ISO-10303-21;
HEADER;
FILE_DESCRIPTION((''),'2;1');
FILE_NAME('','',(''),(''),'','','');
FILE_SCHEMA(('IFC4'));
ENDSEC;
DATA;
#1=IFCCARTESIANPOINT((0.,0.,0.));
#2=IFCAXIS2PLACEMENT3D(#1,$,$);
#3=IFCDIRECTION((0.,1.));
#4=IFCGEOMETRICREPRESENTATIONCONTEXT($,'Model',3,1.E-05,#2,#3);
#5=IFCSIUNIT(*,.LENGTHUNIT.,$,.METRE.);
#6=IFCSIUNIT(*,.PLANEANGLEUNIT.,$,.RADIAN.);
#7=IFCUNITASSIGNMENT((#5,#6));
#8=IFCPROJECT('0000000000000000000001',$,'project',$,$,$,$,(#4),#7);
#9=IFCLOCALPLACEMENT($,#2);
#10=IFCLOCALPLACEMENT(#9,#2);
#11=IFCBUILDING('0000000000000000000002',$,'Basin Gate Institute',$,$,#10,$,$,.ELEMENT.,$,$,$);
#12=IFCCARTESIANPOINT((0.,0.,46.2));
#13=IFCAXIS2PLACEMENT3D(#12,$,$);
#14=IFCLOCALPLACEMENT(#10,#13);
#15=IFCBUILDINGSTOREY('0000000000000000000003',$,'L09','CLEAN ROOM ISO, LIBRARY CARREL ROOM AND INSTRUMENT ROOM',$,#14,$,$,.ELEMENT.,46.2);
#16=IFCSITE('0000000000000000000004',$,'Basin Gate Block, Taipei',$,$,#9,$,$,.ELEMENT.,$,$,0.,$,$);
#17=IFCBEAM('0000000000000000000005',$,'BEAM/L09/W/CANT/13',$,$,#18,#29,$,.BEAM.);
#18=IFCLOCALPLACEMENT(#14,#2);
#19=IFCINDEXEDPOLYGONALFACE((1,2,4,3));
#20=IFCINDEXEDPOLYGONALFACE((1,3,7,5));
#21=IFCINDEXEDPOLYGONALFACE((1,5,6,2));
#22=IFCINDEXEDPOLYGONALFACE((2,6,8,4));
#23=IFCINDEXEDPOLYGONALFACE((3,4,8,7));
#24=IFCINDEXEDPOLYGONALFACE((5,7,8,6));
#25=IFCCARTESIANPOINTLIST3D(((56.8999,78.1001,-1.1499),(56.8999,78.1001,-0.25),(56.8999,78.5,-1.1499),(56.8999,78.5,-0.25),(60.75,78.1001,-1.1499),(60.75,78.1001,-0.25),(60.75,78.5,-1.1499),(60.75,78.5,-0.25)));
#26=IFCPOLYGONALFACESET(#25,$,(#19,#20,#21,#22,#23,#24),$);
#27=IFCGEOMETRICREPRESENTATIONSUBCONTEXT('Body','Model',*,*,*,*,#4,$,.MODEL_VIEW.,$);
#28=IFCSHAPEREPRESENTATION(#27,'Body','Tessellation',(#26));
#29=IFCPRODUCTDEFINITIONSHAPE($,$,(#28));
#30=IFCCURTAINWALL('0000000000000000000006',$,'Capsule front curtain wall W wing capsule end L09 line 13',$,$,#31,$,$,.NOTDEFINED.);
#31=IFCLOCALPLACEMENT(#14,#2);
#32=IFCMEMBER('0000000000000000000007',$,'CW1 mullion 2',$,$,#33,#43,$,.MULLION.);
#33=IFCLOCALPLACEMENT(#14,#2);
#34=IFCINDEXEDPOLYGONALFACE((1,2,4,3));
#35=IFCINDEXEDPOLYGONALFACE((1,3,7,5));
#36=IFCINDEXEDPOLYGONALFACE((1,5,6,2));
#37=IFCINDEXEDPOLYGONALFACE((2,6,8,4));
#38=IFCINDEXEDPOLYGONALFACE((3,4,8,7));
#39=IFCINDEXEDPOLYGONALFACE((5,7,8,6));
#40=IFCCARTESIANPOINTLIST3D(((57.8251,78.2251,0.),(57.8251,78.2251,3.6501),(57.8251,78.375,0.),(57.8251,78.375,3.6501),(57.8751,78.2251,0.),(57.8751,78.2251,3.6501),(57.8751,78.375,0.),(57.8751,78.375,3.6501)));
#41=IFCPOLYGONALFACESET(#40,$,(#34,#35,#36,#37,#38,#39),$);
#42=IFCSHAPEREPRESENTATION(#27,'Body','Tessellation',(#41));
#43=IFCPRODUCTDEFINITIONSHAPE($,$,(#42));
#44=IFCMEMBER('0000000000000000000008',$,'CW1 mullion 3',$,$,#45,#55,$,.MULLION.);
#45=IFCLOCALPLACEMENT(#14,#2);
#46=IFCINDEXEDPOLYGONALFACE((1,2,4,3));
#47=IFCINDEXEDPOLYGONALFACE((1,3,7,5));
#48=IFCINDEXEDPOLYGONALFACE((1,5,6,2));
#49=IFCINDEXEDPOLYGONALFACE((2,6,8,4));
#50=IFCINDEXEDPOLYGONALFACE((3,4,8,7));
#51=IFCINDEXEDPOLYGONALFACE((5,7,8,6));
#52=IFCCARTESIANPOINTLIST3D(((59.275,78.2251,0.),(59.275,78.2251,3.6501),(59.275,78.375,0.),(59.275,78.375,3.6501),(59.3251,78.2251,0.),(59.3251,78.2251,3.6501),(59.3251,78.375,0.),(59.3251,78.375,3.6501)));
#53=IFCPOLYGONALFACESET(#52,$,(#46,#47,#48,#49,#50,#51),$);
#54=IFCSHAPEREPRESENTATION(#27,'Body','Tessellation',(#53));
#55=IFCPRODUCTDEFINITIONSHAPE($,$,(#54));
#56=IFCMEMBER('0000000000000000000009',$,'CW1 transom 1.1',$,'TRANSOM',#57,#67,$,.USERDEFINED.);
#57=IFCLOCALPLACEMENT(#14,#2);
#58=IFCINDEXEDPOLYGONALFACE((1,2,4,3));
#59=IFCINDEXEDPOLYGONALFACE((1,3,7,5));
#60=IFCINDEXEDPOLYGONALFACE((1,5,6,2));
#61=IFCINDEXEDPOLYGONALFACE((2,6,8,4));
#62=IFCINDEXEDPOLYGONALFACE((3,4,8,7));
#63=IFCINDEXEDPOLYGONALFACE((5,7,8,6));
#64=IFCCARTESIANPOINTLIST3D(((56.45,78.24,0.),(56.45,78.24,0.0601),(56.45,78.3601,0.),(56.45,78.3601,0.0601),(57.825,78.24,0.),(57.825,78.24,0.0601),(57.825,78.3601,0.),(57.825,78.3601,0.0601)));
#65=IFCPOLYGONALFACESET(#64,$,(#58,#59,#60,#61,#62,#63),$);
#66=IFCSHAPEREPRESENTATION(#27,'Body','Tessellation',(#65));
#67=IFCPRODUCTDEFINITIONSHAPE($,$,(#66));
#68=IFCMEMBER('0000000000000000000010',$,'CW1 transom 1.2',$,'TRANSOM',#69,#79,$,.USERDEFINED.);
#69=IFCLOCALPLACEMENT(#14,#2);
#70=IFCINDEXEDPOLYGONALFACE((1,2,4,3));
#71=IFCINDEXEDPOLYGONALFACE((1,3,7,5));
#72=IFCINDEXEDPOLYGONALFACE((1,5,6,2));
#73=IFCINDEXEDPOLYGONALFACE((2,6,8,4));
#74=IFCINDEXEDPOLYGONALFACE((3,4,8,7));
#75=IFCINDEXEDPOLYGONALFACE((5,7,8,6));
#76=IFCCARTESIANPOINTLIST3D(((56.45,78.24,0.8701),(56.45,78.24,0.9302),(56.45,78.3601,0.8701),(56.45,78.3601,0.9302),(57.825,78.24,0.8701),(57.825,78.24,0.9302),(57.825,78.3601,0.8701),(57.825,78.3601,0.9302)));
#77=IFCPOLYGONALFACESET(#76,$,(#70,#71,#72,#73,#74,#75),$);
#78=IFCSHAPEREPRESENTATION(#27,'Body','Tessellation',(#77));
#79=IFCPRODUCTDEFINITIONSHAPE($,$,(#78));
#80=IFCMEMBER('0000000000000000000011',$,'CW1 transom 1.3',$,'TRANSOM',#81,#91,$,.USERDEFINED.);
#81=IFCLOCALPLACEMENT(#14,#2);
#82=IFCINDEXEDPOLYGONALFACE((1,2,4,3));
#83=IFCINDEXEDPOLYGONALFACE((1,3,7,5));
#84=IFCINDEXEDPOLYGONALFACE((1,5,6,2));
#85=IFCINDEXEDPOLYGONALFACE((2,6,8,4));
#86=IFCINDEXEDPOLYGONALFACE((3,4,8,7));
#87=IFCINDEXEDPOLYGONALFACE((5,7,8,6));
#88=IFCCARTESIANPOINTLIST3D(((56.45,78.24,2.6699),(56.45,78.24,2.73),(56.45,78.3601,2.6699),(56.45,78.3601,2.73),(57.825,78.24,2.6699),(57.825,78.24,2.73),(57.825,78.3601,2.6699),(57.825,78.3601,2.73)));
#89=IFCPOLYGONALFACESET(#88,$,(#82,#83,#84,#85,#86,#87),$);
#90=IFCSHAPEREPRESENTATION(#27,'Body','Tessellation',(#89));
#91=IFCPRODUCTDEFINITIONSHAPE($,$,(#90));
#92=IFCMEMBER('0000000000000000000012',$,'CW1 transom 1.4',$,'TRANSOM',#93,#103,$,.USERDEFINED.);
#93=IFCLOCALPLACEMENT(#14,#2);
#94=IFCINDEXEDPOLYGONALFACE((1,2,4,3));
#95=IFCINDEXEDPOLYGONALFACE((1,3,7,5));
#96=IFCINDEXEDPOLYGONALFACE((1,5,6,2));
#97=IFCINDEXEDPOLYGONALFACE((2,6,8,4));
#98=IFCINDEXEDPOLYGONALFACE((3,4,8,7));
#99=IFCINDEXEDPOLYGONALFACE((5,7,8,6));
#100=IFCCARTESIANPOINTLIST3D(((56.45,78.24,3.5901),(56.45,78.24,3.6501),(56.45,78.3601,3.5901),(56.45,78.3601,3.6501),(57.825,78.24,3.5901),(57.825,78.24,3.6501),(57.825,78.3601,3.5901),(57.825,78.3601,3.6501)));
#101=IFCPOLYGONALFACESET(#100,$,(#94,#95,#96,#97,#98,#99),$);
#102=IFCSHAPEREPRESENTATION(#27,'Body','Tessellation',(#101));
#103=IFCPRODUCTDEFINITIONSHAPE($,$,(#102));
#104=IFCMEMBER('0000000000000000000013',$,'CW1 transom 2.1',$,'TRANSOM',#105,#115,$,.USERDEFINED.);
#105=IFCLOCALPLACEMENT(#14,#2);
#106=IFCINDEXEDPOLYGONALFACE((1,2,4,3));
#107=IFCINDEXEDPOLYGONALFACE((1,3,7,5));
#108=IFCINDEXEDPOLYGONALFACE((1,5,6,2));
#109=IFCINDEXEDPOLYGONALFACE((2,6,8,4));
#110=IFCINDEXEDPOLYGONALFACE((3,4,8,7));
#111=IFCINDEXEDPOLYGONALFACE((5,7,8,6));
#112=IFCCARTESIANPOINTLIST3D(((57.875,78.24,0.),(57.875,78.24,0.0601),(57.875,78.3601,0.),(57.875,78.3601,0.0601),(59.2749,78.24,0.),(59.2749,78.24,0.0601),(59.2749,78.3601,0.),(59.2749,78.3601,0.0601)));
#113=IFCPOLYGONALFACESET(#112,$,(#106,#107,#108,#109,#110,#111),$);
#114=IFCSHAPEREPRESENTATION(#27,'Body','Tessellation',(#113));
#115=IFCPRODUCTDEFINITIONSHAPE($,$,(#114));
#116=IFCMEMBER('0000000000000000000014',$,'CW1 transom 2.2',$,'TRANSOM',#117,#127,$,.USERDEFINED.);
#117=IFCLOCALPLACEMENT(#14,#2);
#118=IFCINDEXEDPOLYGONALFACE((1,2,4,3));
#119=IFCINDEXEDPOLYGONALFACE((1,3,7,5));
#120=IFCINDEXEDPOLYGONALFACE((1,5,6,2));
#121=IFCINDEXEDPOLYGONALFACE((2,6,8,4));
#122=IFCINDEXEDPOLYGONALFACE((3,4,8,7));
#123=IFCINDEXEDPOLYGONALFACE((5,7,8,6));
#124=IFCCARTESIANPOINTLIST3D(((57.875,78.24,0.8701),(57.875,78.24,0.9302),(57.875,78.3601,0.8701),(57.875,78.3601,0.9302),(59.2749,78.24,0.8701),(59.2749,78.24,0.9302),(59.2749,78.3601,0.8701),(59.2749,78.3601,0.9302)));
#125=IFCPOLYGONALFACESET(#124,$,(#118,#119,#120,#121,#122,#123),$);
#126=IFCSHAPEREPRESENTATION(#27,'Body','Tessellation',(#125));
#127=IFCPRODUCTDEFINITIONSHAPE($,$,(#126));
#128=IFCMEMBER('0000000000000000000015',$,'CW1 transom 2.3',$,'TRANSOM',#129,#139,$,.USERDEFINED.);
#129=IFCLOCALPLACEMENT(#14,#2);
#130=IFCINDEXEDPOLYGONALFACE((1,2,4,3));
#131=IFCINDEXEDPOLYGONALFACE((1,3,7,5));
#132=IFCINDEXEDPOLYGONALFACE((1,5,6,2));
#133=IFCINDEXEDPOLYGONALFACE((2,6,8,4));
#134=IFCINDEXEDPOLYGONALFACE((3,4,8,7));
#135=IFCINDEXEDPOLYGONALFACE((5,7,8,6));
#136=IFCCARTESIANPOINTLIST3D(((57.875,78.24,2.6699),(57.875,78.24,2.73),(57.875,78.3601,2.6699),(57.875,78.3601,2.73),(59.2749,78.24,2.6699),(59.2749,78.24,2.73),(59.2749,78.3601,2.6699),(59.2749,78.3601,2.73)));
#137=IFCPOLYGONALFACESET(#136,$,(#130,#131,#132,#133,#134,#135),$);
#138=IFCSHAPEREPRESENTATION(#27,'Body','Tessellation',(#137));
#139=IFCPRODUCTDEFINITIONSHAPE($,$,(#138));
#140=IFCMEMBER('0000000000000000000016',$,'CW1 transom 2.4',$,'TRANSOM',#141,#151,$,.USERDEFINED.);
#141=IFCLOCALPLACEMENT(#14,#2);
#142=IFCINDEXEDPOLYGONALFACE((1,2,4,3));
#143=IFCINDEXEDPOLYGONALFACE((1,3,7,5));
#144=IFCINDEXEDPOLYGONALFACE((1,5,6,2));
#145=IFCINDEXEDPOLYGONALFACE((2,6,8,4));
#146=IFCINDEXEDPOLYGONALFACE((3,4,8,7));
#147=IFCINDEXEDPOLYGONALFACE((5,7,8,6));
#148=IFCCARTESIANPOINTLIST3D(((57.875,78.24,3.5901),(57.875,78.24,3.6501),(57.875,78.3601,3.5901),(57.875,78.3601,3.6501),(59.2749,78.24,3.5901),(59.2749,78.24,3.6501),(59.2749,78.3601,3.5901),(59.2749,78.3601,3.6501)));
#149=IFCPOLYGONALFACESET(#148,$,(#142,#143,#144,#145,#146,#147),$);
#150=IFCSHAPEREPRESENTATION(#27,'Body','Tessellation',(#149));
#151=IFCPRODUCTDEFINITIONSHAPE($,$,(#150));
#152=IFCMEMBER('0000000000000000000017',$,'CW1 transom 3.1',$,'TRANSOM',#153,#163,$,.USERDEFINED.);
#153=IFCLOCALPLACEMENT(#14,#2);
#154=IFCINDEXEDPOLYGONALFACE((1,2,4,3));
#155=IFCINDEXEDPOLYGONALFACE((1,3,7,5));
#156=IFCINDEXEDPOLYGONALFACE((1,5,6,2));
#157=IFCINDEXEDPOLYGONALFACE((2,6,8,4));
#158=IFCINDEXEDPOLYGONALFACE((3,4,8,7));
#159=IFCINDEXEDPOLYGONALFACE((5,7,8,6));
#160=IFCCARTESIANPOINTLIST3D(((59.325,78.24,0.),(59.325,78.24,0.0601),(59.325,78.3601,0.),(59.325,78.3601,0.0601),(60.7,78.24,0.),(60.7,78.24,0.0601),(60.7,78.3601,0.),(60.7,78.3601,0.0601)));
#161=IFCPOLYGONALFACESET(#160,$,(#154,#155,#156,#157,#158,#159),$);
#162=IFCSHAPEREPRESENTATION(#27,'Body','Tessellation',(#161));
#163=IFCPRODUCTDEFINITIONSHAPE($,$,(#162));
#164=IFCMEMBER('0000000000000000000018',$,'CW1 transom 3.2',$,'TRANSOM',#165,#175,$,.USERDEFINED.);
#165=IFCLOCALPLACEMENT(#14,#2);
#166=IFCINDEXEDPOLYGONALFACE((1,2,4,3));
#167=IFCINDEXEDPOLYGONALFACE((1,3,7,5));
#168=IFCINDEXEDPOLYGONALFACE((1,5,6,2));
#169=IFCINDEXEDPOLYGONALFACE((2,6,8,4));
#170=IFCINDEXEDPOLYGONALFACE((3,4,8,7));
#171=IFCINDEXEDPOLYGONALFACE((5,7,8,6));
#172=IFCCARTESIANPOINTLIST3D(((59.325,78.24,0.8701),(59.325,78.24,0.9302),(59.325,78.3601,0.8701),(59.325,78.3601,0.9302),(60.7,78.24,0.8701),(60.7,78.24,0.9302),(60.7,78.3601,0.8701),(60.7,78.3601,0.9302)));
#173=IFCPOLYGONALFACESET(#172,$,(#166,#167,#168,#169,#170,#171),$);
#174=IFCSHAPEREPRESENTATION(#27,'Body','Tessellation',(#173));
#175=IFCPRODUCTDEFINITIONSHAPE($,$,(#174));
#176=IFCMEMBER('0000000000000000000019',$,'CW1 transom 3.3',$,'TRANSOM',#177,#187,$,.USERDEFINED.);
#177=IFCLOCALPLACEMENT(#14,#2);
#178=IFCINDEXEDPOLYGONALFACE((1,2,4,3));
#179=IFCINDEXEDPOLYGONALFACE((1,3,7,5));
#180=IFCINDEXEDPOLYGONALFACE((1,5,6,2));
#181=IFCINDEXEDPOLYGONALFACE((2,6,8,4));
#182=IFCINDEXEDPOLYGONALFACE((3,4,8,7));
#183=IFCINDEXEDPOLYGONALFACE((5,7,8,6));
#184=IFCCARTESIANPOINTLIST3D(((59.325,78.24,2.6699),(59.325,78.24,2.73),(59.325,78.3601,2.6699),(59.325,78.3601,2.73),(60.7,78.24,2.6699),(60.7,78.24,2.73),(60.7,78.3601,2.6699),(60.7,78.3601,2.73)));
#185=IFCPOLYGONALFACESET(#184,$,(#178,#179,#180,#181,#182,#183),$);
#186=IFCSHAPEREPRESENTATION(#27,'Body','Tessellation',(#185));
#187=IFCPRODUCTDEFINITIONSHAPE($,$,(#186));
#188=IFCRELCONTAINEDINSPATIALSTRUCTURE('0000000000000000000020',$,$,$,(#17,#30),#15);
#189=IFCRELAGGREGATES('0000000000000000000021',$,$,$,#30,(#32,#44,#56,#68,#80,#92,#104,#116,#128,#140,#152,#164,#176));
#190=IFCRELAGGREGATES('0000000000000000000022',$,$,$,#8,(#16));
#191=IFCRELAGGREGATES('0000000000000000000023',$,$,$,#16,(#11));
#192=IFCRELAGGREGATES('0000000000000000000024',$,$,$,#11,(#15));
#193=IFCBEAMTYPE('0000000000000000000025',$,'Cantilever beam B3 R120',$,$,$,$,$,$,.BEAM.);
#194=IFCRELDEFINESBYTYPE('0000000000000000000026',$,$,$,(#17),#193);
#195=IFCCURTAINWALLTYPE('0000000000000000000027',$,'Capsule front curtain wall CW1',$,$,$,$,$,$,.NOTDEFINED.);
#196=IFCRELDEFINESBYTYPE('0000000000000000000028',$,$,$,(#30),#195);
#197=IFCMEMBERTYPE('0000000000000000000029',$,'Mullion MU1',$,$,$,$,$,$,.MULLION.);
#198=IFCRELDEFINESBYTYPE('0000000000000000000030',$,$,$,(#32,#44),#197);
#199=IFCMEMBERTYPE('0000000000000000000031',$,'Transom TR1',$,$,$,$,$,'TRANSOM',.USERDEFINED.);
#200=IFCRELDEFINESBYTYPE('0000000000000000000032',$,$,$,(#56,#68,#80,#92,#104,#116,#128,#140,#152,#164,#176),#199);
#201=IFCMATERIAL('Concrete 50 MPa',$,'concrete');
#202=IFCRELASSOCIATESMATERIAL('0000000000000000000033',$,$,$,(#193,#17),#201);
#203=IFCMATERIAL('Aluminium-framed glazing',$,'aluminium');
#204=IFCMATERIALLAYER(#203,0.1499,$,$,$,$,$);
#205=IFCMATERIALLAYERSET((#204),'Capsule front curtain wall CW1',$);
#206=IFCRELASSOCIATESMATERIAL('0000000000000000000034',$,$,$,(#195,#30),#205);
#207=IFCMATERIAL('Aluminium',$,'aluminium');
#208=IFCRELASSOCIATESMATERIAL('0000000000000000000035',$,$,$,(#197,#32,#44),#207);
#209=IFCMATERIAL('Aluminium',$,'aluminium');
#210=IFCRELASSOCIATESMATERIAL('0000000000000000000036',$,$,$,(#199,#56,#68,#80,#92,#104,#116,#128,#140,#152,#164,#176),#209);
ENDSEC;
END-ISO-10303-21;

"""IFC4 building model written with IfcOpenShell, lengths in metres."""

from ifc_helpers import new_model, si_unit, direction, frame, origin, origin_2d, place, context, subcontext, project, spatial, rectangle, extrude, material, layer, layer_set, material_profile, profile_set, type_object, element, aggregate, save


model = new_model("IFC4")

# Units and contexts
model_context = context("Model", 3, precision=1e-05, world=origin(), true_north=direction((0.0, 1.0)))
body_context = subcontext(model_context, "Body", "Model", "MODEL_VIEW")
ifc_project = project(units=[si_unit("LENGTHUNIT", "METRE"), si_unit("PLANEANGLEUNIT", "RADIAN")], contexts=[model_context])

# Site, building, storey
site_placement = place(None, origin())
site = spatial("IfcSite", under=ifc_project, at=site_placement, Name="Basin Gate Block, Taipei", CompositionType="ELEMENT", RefElevation=0.0)
building_placement = place(site_placement, origin())
building = spatial("IfcBuilding", under=site, at=building_placement, Name="Basin Gate Institute", CompositionType="ELEMENT")
storey_placement = place(building_placement, frame((0.0, 0.0, 46.2)))
storey = spatial("IfcBuildingStorey", under=building, at=storey_placement, Name="L09", Description="CLEAN ROOM ISO, LIBRARY CARREL ROOM AND INSTRUMENT ROOM", CompositionType="ELEMENT", Elevation=46.2)

# Beam
ifc_material_1 = material(Name="Concrete 50 MPa", Category="concrete")
ifc_material_profile_1 = material_profile(ifc_material_1, rectangle(XDim=0.3999, YDim=0.8999, at=origin_2d()), Name="Cantilever beam B3 400 x 900")
ifc_profile_set_1 = profile_set([ifc_material_profile_1], Name="Concrete 50 MPa")
beam_type = type_object("IfcBeamType", Name="Cantilever beam B3 R120", PredefinedType="BEAM", material=ifc_profile_set_1)
beam_placement = place(storey_placement, frame((56.8999, 78.3, -0.7), z_axis=(1.0, 0.0, 0.0), x_axis=(0.0, 1.0, 0.0)))
element("IfcBeam", 1, at=beam_placement, inside=storey, type_object=beam_type, material=ifc_profile_set_1, Name="BEAM/L09/W/CANT/13", PredefinedType="BEAM", context=body_context, shape_type="SweptSolid", body=[
    extrude(rectangle(XDim=0.3999, YDim=0.8999, at=origin_2d()), origin(), (0.0, 0.0, 1.0), 3.8501),
])

# Curtain wall, members
ifc_material_2 = material(Name="Aluminium-framed glazing", Category="aluminium")
ifc_layer_1 = layer(ifc_material_2, 0.1499)
ifc_layer_set_1 = layer_set([ifc_layer_1], Name="Capsule front curtain wall CW1")
curtain_wall_type = type_object("IfcCurtainWallType", Name="Capsule front curtain wall CW1", PredefinedType="NOTDEFINED", material=ifc_layer_set_1)
curtain_wall_placement = place(storey_placement, origin())
curtain_wall = element("IfcCurtainWall", 2, at=curtain_wall_placement, inside=storey, type_object=curtain_wall_type, material=ifc_layer_set_1, Name="Capsule front curtain wall W wing capsule end L09 line 13", PredefinedType="NOTDEFINED")
ifc_material_3 = material(Name="Aluminium", Category="aluminium")
ifc_material_profile_2 = material_profile(ifc_material_3, rectangle(XDim=0.1499, YDim=0.05, at=origin_2d()), Name="Mullion MU1 150 x 50")
ifc_profile_set_2 = profile_set([ifc_material_profile_2], Name="Aluminium")
member_type_1 = type_object("IfcMemberType", Name="Mullion MU1", PredefinedType="MULLION", material=ifc_profile_set_2)
member_1_placement = place(storey_placement, frame((57.8501, 78.3, 0.0), z_axis=(0.0, 0.0, 1.0), x_axis=(0.0, 1.0, 0.0)))
member_1 = element("IfcMember", 3, at=member_1_placement, type_object=member_type_1, material=ifc_profile_set_2, Name="CW1 mullion 2", PredefinedType="MULLION", context=body_context, shape_type="SweptSolid", body=[
    extrude(rectangle(XDim=0.1499, YDim=0.05, at=origin_2d()), origin(), (0.0, 0.0, 1.0), 3.6501),
])
member_2_placement = place(storey_placement, frame((59.3, 78.3, 0.0), z_axis=(0.0, 0.0, 1.0), x_axis=(0.0, 1.0, 0.0)))
member_2 = element("IfcMember", 4, at=member_2_placement, type_object=member_type_1, material=ifc_profile_set_2, Name="CW1 mullion 3", PredefinedType="MULLION", context=body_context, shape_type="SweptSolid", body=[
    extrude(rectangle(XDim=0.1499, YDim=0.05, at=origin_2d()), origin(), (0.0, 0.0, 1.0), 3.6501),
])
ifc_material_4 = material(Name="Aluminium", Category="aluminium")
ifc_material_profile_3 = material_profile(ifc_material_4, rectangle(XDim=0.1201, YDim=0.0601, at=origin_2d()), Name="Transom TR1 120 x 60")
ifc_profile_set_3 = profile_set([ifc_material_profile_3], Name="Aluminium")
member_type_2 = type_object("IfcMemberType", Name="Transom TR1", ElementType="TRANSOM", PredefinedType="USERDEFINED", material=ifc_profile_set_3)
member_3_placement = place(storey_placement, frame((56.45, 78.3, 0.03), z_axis=(1.0, 0.0, 0.0), x_axis=(0.0, 1.0, 0.0)))
member_3 = element("IfcMember", 5, at=member_3_placement, type_object=member_type_2, material=ifc_profile_set_3, Name="CW1 transom 1.1", ObjectType="TRANSOM", PredefinedType="USERDEFINED", context=body_context, shape_type="SweptSolid", body=[
    extrude(rectangle(XDim=0.1201, YDim=0.0601, at=origin_2d()), origin(), (0.0, 0.0, 1.0), 1.375),
])
member_4_placement = place(storey_placement, frame((56.45, 78.3, 0.9001), z_axis=(1.0, 0.0, 0.0), x_axis=(0.0, 1.0, 0.0)))
member_4 = element("IfcMember", 6, at=member_4_placement, type_object=member_type_2, material=ifc_profile_set_3, Name="CW1 transom 1.2", ObjectType="TRANSOM", PredefinedType="USERDEFINED", context=body_context, shape_type="SweptSolid", body=[
    extrude(rectangle(XDim=0.1201, YDim=0.0601, at=origin_2d()), origin(), (0.0, 0.0, 1.0), 1.375),
])
member_5_placement = place(storey_placement, frame((56.45, 78.3, 2.7), z_axis=(1.0, 0.0, 0.0), x_axis=(0.0, 1.0, 0.0)))
member_5 = element("IfcMember", 7, at=member_5_placement, type_object=member_type_2, material=ifc_profile_set_3, Name="CW1 transom 1.3", ObjectType="TRANSOM", PredefinedType="USERDEFINED", context=body_context, shape_type="SweptSolid", body=[
    extrude(rectangle(XDim=0.1201, YDim=0.0601, at=origin_2d()), origin(), (0.0, 0.0, 1.0), 1.375),
])
member_6_placement = place(storey_placement, frame((56.45, 78.3, 3.6201), z_axis=(1.0, 0.0, 0.0), x_axis=(0.0, 1.0, 0.0)))
member_6 = element("IfcMember", 8, at=member_6_placement, type_object=member_type_2, material=ifc_profile_set_3, Name="CW1 transom 1.4", ObjectType="TRANSOM", PredefinedType="USERDEFINED", context=body_context, shape_type="SweptSolid", body=[
    extrude(rectangle(XDim=0.1201, YDim=0.0601, at=origin_2d()), origin(), (0.0, 0.0, 1.0), 1.375),
])
member_7_placement = place(storey_placement, frame((57.875, 78.3, 0.03), z_axis=(1.0, 0.0, 0.0), x_axis=(0.0, 1.0, 0.0)))
member_7 = element("IfcMember", 9, at=member_7_placement, type_object=member_type_2, material=ifc_profile_set_3, Name="CW1 transom 2.1", ObjectType="TRANSOM", PredefinedType="USERDEFINED", context=body_context, shape_type="SweptSolid", body=[
    extrude(rectangle(XDim=0.1201, YDim=0.0601, at=origin_2d()), origin(), (0.0, 0.0, 1.0), 1.3999),
])
member_8_placement = place(storey_placement, frame((57.875, 78.3, 0.9001), z_axis=(1.0, 0.0, 0.0), x_axis=(0.0, 1.0, 0.0)))
member_8 = element("IfcMember", 10, at=member_8_placement, type_object=member_type_2, material=ifc_profile_set_3, Name="CW1 transom 2.2", ObjectType="TRANSOM", PredefinedType="USERDEFINED", context=body_context, shape_type="SweptSolid", body=[
    extrude(rectangle(XDim=0.1201, YDim=0.0601, at=origin_2d()), origin(), (0.0, 0.0, 1.0), 1.3999),
])
member_9_placement = place(storey_placement, frame((57.875, 78.3, 2.7), z_axis=(1.0, 0.0, 0.0), x_axis=(0.0, 1.0, 0.0)))
member_9 = element("IfcMember", 11, at=member_9_placement, type_object=member_type_2, material=ifc_profile_set_3, Name="CW1 transom 2.3", ObjectType="TRANSOM", PredefinedType="USERDEFINED", context=body_context, shape_type="SweptSolid", body=[
    extrude(rectangle(XDim=0.1201, YDim=0.0601, at=origin_2d()), origin(), (0.0, 0.0, 1.0), 1.3999),
])
member_10_placement = place(storey_placement, frame((57.875, 78.3, 3.6201), z_axis=(1.0, 0.0, 0.0), x_axis=(0.0, 1.0, 0.0)))
member_10 = element("IfcMember", 12, at=member_10_placement, type_object=member_type_2, material=ifc_profile_set_3, Name="CW1 transom 2.4", ObjectType="TRANSOM", PredefinedType="USERDEFINED", context=body_context, shape_type="SweptSolid", body=[
    extrude(rectangle(XDim=0.1201, YDim=0.0601, at=origin_2d()), origin(), (0.0, 0.0, 1.0), 1.3999),
])
member_11_placement = place(storey_placement, frame((59.325, 78.3, 0.03), z_axis=(1.0, 0.0, 0.0), x_axis=(0.0, 1.0, 0.0)))
member_11 = element("IfcMember", 13, at=member_11_placement, type_object=member_type_2, material=ifc_profile_set_3, Name="CW1 transom 3.1", ObjectType="TRANSOM", PredefinedType="USERDEFINED", context=body_context, shape_type="SweptSolid", body=[
    extrude(rectangle(XDim=0.1201, YDim=0.0601, at=origin_2d()), origin(), (0.0, 0.0, 1.0), 1.375),
])
member_12_placement = place(storey_placement, frame((59.325, 78.3, 0.9001), z_axis=(1.0, 0.0, 0.0), x_axis=(0.0, 1.0, 0.0)))
member_12 = element("IfcMember", 14, at=member_12_placement, type_object=member_type_2, material=ifc_profile_set_3, Name="CW1 transom 3.2", ObjectType="TRANSOM", PredefinedType="USERDEFINED", context=body_context, shape_type="SweptSolid", body=[
    extrude(rectangle(XDim=0.1201, YDim=0.0601, at=origin_2d()), origin(), (0.0, 0.0, 1.0), 1.375),
])
member_13_placement = place(storey_placement, frame((59.325, 78.3, 2.7), z_axis=(1.0, 0.0, 0.0), x_axis=(0.0, 1.0, 0.0)))
member_13 = element("IfcMember", 15, at=member_13_placement, type_object=member_type_2, material=ifc_profile_set_3, Name="CW1 transom 3.3", ObjectType="TRANSOM", PredefinedType="USERDEFINED", context=body_context, shape_type="SweptSolid", body=[
    extrude(rectangle(XDim=0.1201, YDim=0.0601, at=origin_2d()), origin(), (0.0, 0.0, 1.0), 1.375),
])
aggregate(curtain_wall, [member_1, member_2, member_3, member_4, member_5, member_6, member_7, member_8, member_9, member_10, member_11, member_12, member_13])

save(model, "model.ifc")
